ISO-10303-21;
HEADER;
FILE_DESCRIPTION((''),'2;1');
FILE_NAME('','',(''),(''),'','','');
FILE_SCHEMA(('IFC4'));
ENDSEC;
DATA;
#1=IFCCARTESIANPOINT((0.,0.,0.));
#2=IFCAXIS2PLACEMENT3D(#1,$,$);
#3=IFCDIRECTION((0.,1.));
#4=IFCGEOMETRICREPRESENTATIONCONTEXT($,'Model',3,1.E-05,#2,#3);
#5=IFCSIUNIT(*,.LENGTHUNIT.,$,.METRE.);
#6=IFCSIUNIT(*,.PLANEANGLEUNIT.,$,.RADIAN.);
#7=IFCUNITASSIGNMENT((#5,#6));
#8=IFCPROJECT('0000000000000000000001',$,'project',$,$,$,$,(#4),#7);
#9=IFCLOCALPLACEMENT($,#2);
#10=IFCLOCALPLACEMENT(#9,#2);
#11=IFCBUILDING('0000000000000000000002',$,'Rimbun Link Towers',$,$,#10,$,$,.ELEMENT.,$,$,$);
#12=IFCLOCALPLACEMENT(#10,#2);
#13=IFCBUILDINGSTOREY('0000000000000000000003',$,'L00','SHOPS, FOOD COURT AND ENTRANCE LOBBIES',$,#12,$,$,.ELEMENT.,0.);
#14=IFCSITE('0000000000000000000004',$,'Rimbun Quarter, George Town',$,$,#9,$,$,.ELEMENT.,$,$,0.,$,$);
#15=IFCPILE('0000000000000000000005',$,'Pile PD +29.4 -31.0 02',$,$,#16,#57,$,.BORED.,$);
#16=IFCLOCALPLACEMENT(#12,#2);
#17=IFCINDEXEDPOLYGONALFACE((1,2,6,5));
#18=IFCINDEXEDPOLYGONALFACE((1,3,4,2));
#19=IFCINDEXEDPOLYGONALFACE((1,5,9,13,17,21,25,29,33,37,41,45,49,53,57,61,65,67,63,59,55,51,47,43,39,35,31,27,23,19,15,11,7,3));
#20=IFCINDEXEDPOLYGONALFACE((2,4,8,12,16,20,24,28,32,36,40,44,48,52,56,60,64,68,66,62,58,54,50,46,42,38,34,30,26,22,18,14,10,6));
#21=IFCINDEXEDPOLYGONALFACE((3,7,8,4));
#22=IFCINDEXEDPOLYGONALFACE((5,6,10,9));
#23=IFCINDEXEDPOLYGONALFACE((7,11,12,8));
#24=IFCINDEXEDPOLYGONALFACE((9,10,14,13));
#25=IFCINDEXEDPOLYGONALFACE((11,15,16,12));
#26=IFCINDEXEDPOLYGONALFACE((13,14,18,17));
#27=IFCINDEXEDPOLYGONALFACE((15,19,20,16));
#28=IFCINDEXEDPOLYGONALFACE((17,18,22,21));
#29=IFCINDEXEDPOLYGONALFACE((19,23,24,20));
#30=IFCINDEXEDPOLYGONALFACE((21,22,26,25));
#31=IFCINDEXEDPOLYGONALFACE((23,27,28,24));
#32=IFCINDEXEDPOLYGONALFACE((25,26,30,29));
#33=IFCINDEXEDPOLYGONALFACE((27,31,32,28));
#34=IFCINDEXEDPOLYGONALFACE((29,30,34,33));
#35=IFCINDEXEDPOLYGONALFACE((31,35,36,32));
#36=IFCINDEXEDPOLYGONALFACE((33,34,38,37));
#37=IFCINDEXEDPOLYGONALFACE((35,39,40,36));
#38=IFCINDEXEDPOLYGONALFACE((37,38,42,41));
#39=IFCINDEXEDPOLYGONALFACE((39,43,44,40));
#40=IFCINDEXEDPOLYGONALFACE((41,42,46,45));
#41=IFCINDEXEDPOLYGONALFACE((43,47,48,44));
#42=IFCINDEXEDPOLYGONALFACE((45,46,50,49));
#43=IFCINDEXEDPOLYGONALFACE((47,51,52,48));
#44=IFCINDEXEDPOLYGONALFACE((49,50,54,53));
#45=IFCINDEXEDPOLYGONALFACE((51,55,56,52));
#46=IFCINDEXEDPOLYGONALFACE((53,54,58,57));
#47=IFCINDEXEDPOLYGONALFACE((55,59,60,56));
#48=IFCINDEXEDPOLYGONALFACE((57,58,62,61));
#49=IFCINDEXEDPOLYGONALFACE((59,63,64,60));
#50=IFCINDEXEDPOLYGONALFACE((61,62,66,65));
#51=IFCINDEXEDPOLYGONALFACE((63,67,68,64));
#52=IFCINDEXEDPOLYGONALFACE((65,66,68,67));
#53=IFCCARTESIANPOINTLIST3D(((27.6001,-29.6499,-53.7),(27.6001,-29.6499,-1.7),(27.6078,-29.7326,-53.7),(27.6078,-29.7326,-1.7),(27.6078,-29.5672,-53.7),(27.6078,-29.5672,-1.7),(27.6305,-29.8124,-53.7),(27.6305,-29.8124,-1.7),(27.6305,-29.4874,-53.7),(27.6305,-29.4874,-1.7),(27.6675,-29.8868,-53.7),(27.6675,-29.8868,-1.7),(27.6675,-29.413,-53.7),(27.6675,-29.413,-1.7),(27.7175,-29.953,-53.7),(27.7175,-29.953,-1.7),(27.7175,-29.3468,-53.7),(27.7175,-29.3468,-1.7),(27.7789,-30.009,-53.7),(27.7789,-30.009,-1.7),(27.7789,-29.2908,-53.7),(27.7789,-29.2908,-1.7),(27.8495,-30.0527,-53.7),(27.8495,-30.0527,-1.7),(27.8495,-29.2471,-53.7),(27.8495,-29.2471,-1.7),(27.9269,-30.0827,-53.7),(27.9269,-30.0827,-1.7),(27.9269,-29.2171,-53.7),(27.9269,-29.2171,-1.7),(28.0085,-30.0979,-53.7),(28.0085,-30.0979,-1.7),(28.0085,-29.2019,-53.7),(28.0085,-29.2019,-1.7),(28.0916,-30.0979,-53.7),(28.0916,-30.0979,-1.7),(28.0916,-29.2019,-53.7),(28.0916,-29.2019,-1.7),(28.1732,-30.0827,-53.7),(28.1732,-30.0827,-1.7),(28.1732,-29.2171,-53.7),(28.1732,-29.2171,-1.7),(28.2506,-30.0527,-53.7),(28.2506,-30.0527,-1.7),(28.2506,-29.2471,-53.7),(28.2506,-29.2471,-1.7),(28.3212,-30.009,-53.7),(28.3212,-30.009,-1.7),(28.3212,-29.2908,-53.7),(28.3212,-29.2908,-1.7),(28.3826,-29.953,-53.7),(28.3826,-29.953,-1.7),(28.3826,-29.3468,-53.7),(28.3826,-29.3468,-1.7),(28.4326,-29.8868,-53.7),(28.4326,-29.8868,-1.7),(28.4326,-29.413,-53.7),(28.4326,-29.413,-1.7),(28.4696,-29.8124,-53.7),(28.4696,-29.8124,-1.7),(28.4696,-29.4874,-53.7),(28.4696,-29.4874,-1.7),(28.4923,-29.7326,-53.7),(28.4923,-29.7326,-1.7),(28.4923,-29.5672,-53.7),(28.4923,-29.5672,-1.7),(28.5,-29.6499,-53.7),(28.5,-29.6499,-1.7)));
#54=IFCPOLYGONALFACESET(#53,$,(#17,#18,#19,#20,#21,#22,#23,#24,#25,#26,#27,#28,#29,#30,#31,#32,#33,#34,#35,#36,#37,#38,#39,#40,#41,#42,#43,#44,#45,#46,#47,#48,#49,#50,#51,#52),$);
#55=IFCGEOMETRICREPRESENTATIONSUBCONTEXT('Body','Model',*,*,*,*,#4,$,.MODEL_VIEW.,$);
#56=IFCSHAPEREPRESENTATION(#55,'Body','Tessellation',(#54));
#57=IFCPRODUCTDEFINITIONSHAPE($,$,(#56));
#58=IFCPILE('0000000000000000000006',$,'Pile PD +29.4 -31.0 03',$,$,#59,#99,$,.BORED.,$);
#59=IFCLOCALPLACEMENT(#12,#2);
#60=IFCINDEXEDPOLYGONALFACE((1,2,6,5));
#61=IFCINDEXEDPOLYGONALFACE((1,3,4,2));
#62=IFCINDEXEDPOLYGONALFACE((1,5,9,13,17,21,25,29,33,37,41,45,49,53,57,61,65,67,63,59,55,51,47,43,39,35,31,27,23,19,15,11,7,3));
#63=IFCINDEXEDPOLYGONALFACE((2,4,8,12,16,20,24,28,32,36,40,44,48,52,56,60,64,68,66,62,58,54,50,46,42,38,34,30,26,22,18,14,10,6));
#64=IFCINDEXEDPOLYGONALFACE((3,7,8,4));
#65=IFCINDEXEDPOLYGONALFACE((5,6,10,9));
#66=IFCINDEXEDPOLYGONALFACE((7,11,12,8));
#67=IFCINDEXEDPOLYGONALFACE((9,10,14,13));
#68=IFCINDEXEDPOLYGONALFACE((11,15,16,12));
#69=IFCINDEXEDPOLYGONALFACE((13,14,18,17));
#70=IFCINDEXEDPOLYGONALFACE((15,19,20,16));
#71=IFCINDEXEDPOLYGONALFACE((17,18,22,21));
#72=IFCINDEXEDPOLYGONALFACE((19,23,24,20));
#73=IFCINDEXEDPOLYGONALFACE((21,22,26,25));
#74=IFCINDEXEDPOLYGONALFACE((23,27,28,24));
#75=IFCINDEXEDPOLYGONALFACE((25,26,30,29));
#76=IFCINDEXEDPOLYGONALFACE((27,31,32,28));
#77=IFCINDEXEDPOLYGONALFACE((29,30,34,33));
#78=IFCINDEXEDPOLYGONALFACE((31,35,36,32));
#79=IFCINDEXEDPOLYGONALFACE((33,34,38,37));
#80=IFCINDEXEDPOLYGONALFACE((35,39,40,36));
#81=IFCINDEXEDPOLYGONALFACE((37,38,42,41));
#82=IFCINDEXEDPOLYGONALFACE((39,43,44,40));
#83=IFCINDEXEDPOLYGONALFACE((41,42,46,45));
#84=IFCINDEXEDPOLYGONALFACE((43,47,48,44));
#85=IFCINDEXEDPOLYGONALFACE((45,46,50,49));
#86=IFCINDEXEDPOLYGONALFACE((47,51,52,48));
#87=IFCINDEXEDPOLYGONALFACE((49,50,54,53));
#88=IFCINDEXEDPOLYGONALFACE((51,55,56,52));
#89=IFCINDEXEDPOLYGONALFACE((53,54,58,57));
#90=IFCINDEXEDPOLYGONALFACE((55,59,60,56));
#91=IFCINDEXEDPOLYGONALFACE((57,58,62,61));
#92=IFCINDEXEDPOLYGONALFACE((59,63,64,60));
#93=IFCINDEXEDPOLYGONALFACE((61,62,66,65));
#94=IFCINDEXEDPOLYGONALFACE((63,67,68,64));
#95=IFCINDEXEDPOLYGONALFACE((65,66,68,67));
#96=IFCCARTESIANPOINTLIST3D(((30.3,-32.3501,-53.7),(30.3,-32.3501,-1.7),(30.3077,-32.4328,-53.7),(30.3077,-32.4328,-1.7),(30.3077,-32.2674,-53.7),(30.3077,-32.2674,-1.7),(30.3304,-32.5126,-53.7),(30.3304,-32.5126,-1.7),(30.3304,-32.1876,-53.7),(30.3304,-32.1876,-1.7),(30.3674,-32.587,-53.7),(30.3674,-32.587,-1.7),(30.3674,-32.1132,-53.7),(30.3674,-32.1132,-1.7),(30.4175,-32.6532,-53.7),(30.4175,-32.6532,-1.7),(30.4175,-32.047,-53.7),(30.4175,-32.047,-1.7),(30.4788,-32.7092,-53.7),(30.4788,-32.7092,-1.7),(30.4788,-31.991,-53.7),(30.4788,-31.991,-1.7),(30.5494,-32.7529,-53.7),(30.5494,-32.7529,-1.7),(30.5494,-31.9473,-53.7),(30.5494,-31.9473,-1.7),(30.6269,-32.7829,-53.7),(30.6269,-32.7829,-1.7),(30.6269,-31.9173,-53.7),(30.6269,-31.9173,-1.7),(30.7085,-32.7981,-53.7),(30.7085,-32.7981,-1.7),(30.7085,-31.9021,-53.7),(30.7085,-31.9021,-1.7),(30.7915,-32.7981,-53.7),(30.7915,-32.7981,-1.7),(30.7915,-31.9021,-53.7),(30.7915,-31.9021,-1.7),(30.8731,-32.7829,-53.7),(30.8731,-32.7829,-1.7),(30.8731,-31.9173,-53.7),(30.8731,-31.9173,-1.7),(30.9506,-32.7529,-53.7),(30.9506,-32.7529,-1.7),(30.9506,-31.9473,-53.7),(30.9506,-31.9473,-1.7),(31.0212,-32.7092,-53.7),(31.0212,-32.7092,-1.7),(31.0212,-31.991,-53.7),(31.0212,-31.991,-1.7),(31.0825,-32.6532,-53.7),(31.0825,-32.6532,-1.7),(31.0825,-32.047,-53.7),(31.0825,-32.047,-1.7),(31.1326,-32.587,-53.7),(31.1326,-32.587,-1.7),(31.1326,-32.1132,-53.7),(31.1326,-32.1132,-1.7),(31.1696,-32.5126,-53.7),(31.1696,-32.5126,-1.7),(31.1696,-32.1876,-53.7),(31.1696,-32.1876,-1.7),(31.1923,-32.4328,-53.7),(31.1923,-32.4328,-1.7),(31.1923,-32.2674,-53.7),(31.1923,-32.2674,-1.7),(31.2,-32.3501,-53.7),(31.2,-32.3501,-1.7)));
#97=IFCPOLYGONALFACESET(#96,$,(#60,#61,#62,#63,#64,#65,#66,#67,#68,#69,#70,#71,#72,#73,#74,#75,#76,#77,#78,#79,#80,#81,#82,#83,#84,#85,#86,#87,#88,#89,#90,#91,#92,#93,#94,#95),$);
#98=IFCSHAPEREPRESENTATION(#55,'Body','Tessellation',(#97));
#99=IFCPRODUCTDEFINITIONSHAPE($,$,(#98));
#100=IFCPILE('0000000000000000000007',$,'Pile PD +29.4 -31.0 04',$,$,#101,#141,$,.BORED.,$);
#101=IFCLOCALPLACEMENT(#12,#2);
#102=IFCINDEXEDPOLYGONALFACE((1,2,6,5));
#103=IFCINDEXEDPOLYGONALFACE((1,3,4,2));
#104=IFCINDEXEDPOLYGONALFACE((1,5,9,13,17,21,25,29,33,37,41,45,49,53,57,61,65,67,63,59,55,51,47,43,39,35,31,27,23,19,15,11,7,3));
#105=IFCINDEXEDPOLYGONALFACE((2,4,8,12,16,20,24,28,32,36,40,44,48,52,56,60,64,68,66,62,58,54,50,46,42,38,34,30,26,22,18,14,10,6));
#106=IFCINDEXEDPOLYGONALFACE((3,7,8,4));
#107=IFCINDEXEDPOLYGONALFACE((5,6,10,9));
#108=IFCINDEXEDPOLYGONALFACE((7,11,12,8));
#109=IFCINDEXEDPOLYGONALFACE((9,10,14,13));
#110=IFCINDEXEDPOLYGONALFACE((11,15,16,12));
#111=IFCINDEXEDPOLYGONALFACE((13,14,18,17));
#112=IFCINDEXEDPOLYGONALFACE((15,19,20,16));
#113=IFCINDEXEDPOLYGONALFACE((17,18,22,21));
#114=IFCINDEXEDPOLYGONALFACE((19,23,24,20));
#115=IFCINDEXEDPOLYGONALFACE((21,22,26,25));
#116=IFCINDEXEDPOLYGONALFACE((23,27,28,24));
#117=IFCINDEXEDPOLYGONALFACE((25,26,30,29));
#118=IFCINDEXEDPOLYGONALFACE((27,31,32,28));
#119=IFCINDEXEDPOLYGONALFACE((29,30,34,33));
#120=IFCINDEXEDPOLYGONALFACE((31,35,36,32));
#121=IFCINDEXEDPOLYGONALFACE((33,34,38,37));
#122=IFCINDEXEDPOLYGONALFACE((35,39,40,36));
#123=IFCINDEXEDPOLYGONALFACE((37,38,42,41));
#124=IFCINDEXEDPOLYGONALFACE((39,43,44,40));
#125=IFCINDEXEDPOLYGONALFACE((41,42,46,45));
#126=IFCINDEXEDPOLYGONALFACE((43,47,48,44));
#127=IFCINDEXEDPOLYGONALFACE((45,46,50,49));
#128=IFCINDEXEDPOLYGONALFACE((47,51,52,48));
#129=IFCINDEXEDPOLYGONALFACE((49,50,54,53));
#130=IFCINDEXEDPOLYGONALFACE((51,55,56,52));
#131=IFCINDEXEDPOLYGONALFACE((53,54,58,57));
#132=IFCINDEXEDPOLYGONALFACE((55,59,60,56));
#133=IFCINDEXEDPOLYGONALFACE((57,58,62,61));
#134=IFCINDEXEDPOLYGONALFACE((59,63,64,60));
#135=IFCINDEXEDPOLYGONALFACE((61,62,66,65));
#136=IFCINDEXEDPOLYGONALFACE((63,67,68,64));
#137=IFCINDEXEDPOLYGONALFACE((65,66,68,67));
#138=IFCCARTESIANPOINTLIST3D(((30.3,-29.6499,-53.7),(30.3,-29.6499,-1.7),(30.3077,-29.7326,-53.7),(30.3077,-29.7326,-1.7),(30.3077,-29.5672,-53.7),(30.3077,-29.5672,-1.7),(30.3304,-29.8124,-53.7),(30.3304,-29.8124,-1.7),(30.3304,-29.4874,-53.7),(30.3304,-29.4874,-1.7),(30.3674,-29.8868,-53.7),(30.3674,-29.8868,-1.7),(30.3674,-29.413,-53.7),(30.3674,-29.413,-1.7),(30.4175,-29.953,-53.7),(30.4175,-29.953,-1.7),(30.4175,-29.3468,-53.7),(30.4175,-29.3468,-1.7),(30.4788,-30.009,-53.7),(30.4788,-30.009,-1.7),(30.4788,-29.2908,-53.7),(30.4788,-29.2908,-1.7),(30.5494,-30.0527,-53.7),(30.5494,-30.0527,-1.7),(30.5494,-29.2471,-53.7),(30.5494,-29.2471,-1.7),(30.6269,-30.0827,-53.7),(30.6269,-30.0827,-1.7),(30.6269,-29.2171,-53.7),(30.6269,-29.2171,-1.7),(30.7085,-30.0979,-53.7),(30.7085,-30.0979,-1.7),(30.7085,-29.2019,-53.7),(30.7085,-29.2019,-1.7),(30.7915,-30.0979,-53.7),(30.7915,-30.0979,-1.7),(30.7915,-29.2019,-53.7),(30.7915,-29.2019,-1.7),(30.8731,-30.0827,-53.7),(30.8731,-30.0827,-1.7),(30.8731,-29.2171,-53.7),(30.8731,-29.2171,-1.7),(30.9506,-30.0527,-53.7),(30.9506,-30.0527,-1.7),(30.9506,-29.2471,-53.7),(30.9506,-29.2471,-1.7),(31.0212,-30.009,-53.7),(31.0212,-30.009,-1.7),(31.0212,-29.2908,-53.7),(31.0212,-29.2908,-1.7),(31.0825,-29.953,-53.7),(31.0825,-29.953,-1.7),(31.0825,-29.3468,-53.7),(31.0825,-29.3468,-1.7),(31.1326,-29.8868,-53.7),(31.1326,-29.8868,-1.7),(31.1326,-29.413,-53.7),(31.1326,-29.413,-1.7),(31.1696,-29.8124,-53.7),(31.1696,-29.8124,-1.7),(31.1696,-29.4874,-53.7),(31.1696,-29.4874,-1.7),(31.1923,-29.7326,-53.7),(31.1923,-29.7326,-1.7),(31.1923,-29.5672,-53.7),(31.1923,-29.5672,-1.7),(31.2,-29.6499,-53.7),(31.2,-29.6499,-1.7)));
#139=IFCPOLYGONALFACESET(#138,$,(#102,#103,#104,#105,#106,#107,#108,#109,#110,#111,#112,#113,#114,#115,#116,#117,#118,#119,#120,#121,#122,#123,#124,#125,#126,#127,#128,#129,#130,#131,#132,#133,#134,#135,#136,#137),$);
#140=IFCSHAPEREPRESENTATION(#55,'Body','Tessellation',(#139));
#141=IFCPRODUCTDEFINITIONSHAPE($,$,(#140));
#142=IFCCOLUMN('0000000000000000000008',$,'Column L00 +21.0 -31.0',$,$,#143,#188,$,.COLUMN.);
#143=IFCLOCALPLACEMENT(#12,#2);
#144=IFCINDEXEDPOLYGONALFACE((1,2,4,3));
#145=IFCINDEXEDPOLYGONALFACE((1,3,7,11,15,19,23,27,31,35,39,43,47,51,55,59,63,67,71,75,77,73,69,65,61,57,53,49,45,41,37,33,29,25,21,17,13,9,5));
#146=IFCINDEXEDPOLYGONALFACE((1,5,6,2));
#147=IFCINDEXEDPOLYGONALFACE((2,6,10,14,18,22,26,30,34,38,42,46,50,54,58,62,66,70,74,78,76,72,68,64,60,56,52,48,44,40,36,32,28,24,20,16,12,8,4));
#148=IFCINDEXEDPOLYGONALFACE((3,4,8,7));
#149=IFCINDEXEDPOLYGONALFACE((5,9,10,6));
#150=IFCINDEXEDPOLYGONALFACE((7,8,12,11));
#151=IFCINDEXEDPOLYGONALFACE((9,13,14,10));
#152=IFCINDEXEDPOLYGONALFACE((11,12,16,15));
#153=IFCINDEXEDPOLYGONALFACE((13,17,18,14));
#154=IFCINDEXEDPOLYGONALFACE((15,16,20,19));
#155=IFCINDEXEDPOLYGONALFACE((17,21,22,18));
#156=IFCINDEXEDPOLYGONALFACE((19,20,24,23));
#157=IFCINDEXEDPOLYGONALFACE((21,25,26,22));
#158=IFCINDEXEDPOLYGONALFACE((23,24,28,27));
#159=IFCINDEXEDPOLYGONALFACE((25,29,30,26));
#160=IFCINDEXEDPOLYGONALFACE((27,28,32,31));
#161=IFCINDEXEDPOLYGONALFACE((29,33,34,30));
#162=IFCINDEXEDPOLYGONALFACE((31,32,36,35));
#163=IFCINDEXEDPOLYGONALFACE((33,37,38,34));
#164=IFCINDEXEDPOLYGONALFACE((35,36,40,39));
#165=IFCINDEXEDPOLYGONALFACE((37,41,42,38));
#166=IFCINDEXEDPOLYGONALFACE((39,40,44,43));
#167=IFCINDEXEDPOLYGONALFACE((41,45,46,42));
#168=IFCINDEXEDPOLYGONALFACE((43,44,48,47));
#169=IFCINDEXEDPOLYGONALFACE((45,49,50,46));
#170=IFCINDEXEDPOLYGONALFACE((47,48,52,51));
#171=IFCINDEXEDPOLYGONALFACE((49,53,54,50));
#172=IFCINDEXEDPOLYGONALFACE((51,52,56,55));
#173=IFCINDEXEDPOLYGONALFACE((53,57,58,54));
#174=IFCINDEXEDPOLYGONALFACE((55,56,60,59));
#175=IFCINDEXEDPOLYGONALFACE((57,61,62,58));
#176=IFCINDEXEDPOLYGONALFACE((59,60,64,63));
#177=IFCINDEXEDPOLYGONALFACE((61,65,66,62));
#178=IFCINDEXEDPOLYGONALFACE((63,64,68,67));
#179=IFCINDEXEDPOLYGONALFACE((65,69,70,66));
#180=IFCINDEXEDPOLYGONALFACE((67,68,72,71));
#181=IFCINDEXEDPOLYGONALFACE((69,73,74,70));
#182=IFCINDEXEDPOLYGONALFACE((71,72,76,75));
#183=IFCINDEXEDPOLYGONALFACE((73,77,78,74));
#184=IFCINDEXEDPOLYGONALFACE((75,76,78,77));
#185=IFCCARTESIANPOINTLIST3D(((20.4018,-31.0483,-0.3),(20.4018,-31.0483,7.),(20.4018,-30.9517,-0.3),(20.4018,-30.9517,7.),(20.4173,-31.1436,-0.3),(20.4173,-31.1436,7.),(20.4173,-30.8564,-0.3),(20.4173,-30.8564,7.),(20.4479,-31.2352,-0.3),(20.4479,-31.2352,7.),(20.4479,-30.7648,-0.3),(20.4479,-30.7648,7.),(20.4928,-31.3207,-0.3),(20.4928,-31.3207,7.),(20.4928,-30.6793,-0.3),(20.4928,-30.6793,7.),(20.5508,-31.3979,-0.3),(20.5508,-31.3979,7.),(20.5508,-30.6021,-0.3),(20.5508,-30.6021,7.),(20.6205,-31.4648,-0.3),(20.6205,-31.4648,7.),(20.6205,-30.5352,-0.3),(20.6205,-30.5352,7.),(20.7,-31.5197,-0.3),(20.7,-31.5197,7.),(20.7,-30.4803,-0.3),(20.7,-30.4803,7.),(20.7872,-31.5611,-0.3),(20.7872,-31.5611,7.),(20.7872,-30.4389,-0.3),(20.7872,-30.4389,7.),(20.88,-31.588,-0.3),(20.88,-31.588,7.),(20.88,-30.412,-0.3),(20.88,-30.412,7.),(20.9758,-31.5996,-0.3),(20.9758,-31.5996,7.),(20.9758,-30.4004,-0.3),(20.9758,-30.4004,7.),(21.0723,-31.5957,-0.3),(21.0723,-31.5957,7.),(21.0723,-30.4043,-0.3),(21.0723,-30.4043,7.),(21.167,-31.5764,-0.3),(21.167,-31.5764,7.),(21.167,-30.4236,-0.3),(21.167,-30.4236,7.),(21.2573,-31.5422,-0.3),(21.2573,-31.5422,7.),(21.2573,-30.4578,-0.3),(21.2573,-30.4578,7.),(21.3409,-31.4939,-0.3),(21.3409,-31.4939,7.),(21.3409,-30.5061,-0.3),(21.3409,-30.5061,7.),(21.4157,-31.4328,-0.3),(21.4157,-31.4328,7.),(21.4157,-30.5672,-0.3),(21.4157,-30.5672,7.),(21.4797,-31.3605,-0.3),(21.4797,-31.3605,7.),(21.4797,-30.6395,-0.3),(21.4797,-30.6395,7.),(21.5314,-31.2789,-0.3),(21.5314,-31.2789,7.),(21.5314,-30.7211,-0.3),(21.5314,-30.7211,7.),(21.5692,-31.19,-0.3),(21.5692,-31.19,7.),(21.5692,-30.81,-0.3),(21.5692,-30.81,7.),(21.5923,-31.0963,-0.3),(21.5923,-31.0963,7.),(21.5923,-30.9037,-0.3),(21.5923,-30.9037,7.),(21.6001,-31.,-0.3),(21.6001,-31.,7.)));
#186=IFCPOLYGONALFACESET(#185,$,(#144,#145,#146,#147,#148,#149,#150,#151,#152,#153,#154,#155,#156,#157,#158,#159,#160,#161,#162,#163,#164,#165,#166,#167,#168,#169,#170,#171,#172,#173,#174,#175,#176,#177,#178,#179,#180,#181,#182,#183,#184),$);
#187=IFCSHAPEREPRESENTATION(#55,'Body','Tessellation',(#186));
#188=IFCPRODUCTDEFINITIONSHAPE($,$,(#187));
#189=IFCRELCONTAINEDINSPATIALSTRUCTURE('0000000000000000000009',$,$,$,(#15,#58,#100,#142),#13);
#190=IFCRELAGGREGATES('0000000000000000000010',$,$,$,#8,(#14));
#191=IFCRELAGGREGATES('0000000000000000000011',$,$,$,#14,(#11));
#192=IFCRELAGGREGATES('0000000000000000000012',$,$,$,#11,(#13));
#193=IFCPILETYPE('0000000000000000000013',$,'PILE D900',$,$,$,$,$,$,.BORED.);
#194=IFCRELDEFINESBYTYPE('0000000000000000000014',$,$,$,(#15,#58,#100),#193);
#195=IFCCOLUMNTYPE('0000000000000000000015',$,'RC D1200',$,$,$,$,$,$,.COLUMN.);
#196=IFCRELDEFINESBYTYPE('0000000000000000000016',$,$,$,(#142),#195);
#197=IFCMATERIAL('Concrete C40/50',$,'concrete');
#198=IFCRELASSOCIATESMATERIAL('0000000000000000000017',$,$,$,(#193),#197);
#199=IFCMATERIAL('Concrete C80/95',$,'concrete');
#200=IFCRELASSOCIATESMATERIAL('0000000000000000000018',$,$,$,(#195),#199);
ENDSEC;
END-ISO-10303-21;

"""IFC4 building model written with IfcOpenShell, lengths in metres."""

from ifc_helpers import new_model, si_unit, direction, frame, origin, origin_2d, place, context, subcontext, project, spatial, circle, extrude, material, material_profile, profile_set, type_object, element, save


model = new_model("IFC4")

# Units and contexts
model_context = context("Model", 3, precision=1e-05, world=origin(), true_north=direction((0.0, 1.0)))
body_context = subcontext(model_context, "Body", "Model", "MODEL_VIEW")
ifc_project = project(units=[si_unit("LENGTHUNIT", "METRE"), si_unit("PLANEANGLEUNIT", "RADIAN")], contexts=[model_context])

# Site, building, storey
site_placement = place(None, origin())
site = spatial("IfcSite", under=ifc_project, at=site_placement, Name="Rimbun Quarter, George Town", CompositionType="ELEMENT", RefElevation=0.0)
building_placement = place(site_placement, origin())
building = spatial("IfcBuilding", under=site, at=building_placement, Name="Rimbun Link Towers", CompositionType="ELEMENT")
storey_placement = place(building_placement, origin())
storey = spatial("IfcBuildingStorey", under=building, at=storey_placement, Name="L00", Description="SHOPS, FOOD COURT AND ENTRANCE LOBBIES", CompositionType="ELEMENT", Elevation=0.0)

# Piles
ifc_material_1 = material(Name="Concrete C40/50", Category="concrete")
ifc_material_profile_1 = material_profile(ifc_material_1, circle(Radius=0.45, at=origin_2d()), Name="PILE D900")
ifc_profile_set_1 = profile_set([ifc_material_profile_1], Name="Concrete C40/50")
pile_type_1 = type_object("IfcPileType", Name="PILE D900", PredefinedType="BORED", material=ifc_profile_set_1)
for number, where, z_axis, x_axis, name in (
    (1, (28.05, -29.6499, -1.7), (0.0, 0.0, -1.0), (1.0, 0.0, 0.0), "Pile PD +29.4 -31.0 02"),
    (2, (30.75, -32.3501, -1.7), (0.0, 0.0, -1.0), (1.0, 0.0, 0.0), "Pile PD +29.4 -31.0 03"),
    (3, (30.75, -29.6499, -1.7), (0.0, 0.0, -1.0), (1.0, 0.0, 0.0), "Pile PD +29.4 -31.0 04"),
):
    element("IfcPile", number, at=place(storey_placement, frame(where, z_axis=z_axis, x_axis=x_axis)), inside=storey, type_object=pile_type_1, Name=name, PredefinedType="BORED", context=body_context, shape_type="SweptSolid", body=[
        extrude(circle(Radius=0.45, at=origin_2d()), origin(), (0.0, 0.0, 1.0), 52.0),
    ])

# Column
ifc_material_2 = material(Name="Concrete C80/95", Category="concrete")
ifc_material_profile_2 = material_profile(ifc_material_2, circle(Radius=0.6001, at=origin_2d()), Name="RC D1200")
ifc_profile_set_2 = profile_set([ifc_material_profile_2], Name="Concrete C80/95")
column_type = type_object("IfcColumnType", Name="RC D1200", PredefinedType="COLUMN", material=ifc_profile_set_2)
for number, where, z_axis, x_axis, name in (
    (4, (21.0, -31.0, -0.3), (0.0, 0.0, 1.0), (1.0, 0.0, 0.0), "Column L00 +21.0 -31.0"),
):
    element("IfcColumn", number, at=place(storey_placement, frame(where, z_axis=z_axis, x_axis=x_axis)), inside=storey, type_object=column_type, Name=name, PredefinedType="COLUMN", context=body_context, shape_type="SweptSolid", body=[
        extrude(circle(Radius=0.6001, at=origin_2d()), origin(), (0.0, 0.0, 1.0), 7.3),
    ])

save(model, "model.ifc")
